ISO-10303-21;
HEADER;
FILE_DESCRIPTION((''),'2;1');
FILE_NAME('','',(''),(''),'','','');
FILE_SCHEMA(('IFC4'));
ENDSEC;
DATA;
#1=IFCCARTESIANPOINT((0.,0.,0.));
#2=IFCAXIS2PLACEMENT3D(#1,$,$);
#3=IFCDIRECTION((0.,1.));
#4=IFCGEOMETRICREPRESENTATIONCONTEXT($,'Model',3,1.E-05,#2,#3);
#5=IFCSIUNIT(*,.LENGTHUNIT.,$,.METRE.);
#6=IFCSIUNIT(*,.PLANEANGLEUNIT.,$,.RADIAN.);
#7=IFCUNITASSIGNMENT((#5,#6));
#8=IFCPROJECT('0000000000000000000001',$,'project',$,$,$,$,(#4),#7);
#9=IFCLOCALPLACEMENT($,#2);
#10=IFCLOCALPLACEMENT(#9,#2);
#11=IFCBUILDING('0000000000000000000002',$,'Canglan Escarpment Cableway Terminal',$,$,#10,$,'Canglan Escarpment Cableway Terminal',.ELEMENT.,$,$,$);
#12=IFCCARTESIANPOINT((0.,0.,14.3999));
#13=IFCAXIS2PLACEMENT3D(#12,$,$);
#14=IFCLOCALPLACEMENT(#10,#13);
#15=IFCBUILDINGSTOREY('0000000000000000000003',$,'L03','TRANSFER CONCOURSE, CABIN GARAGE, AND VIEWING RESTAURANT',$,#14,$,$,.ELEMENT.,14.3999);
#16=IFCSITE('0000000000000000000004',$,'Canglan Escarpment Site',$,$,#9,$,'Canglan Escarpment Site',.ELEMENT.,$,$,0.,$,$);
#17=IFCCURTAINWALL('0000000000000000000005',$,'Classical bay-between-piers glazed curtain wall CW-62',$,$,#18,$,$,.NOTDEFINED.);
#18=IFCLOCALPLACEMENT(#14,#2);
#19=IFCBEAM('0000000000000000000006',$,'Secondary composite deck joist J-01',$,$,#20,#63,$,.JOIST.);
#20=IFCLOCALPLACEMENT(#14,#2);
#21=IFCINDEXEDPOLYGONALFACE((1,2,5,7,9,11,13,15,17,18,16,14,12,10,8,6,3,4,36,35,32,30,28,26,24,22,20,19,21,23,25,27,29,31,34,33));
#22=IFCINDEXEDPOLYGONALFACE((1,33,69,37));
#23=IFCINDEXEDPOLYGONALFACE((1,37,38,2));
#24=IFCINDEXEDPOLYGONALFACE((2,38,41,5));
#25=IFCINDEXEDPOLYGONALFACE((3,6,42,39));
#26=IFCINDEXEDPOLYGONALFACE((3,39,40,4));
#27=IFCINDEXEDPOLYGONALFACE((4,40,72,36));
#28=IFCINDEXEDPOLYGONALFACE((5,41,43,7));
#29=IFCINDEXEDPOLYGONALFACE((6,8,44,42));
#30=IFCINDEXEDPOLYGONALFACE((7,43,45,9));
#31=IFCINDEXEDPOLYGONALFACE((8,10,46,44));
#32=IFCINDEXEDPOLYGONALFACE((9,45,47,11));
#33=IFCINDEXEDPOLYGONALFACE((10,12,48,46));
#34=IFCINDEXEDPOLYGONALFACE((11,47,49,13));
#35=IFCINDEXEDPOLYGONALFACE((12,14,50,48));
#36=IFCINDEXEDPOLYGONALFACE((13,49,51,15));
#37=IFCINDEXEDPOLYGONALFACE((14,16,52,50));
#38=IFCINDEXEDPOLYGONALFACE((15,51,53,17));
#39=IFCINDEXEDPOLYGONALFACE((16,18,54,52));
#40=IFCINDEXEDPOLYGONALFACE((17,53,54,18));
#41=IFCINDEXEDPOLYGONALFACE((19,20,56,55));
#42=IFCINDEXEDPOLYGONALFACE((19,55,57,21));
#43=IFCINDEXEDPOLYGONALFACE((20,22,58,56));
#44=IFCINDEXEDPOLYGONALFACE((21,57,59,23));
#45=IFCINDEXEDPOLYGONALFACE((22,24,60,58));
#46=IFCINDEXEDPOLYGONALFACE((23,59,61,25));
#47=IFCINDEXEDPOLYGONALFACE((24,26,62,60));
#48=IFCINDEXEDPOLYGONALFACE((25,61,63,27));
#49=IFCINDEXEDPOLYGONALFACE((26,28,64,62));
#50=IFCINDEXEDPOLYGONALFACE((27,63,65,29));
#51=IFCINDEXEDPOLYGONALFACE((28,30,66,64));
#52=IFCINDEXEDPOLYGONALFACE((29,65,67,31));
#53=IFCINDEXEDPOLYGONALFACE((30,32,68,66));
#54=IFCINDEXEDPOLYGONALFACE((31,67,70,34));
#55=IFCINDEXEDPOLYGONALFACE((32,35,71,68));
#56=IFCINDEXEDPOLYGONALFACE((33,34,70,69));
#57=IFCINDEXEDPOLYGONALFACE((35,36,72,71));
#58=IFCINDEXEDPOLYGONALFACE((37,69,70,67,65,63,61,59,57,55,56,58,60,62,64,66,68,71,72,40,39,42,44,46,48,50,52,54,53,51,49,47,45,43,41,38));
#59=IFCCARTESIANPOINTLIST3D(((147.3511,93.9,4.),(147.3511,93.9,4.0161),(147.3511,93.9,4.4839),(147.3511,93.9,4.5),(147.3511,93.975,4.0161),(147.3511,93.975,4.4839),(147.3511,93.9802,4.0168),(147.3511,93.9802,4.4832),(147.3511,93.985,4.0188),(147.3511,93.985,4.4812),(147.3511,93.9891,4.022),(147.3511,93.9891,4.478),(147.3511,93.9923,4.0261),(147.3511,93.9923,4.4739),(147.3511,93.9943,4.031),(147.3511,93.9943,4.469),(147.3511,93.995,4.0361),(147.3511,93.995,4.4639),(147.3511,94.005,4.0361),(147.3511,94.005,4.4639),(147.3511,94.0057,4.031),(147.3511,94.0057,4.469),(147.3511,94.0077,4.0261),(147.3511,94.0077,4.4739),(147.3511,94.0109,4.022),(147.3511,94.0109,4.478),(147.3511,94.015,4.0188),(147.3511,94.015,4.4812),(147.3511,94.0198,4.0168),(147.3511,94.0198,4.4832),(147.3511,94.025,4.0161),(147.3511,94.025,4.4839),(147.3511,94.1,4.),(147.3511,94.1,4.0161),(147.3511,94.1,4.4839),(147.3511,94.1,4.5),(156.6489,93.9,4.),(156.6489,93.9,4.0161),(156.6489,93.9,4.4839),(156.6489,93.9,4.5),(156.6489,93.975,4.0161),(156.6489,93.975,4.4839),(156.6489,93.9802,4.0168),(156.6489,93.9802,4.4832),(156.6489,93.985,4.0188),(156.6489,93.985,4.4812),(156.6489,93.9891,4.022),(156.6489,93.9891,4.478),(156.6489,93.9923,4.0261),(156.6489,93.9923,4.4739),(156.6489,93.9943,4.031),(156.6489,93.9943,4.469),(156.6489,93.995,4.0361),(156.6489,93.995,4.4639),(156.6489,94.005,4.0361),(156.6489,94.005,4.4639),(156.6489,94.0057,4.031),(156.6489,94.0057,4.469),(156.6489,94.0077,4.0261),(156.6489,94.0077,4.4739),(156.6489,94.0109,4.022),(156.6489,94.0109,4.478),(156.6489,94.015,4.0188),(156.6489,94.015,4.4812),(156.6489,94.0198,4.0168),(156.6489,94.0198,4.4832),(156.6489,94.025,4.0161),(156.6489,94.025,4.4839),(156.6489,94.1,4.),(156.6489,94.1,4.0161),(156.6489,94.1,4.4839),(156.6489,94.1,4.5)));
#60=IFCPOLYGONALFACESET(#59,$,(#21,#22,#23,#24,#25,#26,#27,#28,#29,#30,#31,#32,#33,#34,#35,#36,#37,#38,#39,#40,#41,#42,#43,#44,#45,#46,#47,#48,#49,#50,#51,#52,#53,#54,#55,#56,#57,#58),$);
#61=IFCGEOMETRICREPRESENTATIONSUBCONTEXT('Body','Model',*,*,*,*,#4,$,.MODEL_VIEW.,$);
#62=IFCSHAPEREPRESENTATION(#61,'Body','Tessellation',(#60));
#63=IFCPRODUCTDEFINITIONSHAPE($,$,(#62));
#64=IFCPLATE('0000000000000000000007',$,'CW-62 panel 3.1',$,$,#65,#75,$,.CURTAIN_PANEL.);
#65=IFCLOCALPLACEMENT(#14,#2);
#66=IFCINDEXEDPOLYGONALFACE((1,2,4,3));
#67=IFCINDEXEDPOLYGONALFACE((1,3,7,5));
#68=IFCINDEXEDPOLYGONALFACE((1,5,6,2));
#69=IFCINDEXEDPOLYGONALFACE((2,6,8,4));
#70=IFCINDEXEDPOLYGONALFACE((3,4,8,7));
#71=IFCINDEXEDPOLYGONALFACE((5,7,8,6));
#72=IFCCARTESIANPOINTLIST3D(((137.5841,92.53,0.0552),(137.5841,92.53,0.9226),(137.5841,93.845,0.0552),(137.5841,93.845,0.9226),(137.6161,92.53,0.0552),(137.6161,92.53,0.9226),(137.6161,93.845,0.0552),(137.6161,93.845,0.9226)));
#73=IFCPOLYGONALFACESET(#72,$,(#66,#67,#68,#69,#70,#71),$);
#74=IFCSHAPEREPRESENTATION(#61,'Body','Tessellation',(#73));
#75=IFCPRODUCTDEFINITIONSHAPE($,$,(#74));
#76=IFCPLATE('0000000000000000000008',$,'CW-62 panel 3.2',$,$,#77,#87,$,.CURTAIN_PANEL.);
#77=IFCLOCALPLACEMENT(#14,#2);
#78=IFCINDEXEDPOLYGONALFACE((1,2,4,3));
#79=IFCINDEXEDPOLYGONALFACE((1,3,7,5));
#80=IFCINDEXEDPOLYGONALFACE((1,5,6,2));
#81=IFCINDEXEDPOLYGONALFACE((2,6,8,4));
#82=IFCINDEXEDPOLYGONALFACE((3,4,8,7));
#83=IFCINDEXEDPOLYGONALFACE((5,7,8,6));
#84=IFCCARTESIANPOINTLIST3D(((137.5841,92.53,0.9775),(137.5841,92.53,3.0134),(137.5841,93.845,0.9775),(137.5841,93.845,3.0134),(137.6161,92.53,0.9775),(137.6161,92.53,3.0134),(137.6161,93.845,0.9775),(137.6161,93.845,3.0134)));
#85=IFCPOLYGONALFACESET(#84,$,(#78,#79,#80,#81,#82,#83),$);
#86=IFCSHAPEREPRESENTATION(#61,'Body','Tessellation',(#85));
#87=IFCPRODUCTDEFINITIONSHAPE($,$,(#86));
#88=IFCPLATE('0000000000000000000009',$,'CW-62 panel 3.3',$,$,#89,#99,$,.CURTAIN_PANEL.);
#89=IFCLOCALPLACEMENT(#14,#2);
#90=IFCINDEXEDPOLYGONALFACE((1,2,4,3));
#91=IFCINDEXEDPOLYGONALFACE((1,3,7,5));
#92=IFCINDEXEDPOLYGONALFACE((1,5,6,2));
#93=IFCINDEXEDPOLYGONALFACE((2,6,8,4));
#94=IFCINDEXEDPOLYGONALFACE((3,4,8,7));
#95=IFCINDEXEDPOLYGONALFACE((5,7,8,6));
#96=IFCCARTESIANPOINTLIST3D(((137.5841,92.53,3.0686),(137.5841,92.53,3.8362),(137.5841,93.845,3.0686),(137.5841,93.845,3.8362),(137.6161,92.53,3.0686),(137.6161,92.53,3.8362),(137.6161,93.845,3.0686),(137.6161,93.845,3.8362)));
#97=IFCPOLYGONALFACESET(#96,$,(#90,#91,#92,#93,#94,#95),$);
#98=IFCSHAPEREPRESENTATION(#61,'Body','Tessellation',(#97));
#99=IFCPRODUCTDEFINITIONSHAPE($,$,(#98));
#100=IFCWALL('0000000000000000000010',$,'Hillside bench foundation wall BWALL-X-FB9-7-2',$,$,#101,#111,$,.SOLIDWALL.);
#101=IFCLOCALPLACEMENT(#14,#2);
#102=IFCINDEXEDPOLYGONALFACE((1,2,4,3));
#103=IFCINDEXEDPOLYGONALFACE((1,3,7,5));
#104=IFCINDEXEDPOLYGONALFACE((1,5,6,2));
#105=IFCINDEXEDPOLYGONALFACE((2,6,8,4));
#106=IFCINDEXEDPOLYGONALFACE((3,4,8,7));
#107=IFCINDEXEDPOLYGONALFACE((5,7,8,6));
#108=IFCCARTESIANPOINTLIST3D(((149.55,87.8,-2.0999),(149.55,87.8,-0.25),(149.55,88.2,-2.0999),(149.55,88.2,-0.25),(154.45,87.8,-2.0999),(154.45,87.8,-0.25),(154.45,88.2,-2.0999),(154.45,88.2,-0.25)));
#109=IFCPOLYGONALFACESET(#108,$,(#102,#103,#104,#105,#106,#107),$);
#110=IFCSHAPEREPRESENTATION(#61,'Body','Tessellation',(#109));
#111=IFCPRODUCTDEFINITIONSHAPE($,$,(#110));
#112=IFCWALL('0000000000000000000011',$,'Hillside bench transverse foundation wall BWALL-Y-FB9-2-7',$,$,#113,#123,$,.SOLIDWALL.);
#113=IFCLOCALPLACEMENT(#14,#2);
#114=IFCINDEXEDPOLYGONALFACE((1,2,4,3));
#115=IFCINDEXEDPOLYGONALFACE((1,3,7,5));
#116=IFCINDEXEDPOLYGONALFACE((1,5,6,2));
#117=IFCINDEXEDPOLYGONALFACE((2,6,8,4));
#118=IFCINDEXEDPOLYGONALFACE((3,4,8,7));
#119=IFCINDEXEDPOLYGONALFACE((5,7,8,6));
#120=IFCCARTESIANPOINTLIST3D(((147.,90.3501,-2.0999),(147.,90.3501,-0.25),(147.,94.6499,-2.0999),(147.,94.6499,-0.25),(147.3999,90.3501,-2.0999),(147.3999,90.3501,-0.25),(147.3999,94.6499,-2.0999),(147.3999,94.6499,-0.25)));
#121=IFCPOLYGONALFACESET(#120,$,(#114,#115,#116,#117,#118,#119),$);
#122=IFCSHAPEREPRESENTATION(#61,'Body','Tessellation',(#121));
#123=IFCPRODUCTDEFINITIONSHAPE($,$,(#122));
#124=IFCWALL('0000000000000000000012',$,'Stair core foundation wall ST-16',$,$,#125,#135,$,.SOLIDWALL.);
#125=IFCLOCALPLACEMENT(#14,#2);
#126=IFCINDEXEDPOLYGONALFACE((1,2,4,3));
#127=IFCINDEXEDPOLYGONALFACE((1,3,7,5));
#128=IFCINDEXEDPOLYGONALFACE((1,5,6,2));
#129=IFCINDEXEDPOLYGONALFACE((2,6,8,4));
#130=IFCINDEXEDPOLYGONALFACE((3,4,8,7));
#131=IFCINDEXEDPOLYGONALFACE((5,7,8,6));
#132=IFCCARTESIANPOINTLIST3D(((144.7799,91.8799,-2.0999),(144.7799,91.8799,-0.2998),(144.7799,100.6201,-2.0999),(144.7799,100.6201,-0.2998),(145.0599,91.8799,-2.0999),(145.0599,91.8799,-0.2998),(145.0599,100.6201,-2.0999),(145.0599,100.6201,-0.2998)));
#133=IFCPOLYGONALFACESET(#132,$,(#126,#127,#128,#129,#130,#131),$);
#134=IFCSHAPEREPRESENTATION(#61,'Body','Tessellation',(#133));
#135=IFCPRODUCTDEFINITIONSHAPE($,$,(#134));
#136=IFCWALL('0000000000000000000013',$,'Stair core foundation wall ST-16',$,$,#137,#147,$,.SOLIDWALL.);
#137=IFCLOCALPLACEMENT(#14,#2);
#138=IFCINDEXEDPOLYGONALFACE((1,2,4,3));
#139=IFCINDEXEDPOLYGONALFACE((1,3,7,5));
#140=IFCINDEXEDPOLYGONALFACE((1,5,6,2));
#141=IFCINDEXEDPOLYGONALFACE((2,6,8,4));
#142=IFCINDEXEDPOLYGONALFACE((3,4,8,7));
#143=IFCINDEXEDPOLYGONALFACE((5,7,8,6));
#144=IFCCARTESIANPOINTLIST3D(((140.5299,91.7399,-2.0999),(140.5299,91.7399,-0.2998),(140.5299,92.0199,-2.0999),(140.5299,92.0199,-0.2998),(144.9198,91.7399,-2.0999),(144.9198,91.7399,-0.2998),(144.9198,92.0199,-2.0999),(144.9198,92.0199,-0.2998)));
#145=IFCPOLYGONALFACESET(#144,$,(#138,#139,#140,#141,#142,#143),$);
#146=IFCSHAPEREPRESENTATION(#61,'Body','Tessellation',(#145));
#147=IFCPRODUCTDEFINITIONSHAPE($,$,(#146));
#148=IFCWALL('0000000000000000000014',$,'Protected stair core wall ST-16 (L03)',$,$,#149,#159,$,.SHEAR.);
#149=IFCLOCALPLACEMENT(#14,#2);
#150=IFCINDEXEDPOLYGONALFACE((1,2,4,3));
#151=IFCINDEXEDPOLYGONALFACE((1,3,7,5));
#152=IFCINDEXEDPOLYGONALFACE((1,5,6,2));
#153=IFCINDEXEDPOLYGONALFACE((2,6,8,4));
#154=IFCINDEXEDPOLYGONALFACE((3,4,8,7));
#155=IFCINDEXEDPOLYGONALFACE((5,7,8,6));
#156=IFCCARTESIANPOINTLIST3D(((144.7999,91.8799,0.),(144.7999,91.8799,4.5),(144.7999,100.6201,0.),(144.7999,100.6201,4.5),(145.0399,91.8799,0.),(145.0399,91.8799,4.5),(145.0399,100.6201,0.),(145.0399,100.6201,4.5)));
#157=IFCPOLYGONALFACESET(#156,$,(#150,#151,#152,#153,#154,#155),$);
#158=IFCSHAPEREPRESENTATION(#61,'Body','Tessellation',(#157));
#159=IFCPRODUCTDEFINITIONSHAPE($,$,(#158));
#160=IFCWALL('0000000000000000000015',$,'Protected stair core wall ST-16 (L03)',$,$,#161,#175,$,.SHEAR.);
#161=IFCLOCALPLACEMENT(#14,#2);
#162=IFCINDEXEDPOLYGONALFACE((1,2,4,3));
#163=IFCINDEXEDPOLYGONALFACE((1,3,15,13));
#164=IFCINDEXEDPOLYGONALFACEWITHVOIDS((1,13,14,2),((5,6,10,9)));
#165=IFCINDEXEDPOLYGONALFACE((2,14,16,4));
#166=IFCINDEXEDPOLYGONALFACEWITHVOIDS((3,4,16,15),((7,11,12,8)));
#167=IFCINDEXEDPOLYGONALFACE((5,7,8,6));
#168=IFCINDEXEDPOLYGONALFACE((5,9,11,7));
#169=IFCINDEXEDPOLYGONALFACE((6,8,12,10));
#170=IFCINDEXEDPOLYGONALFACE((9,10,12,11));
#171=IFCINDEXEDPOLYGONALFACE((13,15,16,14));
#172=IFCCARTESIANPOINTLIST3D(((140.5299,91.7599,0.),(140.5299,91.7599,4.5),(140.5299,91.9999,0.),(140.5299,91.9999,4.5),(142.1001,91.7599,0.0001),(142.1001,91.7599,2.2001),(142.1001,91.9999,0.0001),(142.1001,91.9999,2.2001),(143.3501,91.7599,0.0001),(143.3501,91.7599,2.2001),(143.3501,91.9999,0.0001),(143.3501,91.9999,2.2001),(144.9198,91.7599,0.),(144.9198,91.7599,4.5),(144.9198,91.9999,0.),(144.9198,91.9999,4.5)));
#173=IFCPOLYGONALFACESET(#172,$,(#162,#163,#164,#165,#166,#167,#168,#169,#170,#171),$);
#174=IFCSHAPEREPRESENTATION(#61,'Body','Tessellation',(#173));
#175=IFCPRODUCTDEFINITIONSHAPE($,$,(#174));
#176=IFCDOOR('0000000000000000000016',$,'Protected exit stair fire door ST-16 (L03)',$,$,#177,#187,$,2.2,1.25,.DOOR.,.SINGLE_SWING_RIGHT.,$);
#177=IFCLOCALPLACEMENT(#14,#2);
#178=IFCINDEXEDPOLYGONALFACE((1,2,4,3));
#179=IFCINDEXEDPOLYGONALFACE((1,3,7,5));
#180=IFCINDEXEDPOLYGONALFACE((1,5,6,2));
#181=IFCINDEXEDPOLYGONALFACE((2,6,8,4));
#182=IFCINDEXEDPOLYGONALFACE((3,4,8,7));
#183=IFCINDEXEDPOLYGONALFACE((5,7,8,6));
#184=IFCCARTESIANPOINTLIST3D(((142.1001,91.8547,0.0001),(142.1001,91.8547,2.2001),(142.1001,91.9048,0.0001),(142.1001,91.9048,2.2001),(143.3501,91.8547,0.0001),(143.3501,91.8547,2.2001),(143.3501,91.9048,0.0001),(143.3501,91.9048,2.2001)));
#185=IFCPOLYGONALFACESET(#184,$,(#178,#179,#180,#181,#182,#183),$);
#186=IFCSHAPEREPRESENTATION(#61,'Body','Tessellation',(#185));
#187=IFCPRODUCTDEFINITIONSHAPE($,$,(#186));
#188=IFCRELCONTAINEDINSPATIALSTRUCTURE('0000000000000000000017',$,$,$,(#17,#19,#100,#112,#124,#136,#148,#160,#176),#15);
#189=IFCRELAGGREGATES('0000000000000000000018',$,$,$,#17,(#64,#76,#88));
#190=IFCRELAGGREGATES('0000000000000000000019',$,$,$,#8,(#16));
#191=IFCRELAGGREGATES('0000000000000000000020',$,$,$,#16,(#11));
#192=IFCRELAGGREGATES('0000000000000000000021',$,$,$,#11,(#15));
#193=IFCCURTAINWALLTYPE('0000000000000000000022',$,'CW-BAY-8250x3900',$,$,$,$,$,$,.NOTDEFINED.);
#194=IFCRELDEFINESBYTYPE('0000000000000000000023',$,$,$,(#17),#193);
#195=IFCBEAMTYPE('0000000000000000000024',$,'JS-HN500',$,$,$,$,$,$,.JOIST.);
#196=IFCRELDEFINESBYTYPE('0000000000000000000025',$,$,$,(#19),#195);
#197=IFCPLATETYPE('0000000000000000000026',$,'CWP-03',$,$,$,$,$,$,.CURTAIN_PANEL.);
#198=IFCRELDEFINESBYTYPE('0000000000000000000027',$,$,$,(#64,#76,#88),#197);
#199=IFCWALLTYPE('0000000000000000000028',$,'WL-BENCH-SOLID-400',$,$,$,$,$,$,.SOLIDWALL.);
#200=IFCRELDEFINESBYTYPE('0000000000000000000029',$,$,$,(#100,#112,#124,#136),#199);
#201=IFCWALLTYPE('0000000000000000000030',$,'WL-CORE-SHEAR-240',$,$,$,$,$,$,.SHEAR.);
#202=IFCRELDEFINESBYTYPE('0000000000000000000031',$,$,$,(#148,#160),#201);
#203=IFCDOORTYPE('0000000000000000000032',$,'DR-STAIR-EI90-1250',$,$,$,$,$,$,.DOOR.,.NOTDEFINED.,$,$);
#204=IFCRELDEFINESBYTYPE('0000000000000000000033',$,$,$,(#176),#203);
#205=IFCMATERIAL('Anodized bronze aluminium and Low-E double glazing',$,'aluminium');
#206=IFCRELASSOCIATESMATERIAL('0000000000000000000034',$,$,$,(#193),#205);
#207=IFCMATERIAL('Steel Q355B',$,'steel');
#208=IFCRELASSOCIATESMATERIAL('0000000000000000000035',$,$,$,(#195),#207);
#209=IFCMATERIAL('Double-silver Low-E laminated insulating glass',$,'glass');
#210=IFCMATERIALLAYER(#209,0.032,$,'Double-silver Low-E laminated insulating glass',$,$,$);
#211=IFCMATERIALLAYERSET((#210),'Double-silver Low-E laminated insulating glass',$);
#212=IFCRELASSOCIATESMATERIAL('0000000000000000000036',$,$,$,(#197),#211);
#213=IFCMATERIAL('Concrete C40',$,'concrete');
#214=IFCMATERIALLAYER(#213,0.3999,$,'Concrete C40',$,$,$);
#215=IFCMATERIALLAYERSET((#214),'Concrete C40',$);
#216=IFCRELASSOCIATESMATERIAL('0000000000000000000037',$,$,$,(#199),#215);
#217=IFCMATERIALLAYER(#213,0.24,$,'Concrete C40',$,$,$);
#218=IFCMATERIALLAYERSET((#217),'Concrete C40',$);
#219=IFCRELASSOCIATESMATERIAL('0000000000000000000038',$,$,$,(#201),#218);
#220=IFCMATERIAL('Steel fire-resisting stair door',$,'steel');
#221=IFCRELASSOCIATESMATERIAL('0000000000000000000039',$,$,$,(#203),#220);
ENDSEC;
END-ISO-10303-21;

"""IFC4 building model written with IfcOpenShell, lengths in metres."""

from ifc_helpers import new_model, si_unit, direction, frame, frame_2d, origin, origin_2d, place, context, subcontext, project, spatial, rectangle, i_section, extrude, material, layer, layer_set, material_profile, profile_set, type_object, element, fill, aggregate, save


model = new_model("IFC4")

# Units and contexts
model_context = context("Model", 3, precision=1e-05, world=origin(), true_north=direction((0.0, 1.0)))
body_context = subcontext(model_context, "Body", "Model", "MODEL_VIEW")
ifc_project = project(units=[si_unit("LENGTHUNIT", "METRE"), si_unit("PLANEANGLEUNIT", "RADIAN")], contexts=[model_context])

# Site, building, storey
site_placement = place(None, origin())
site = spatial("IfcSite", under=ifc_project, at=site_placement, Name="Canglan Escarpment Site", LongName="Canglan Escarpment Site", CompositionType="ELEMENT", RefElevation=0.0)
building_placement = place(site_placement, origin())
building = spatial("IfcBuilding", under=site, at=building_placement, Name="Canglan Escarpment Cableway Terminal", LongName="Canglan Escarpment Cableway Terminal", CompositionType="ELEMENT")
storey_placement = place(building_placement, frame((0.0, 0.0, 14.3999)))
storey = spatial("IfcBuildingStorey", under=building, at=storey_placement, Name="L03", Description="TRANSFER CONCOURSE, CABIN GARAGE, AND VIEWING RESTAURANT", CompositionType="ELEMENT", Elevation=14.3999)

# Shared definitions
ifc_material_1 = material(Name="Concrete C40", Category="concrete")

# Curtain wall
ifc_material_2 = material(Name="Anodized bronze aluminium and Low-E double glazing", Category="aluminium")
curtain_wall_type = type_object("IfcCurtainWallType", Name="CW-BAY-8250x3900", PredefinedType="NOTDEFINED", material=ifc_material_2)
curtain_wall_placement = place(storey_placement, origin())
curtain_wall = element("IfcCurtainWall", 1, at=curtain_wall_placement, inside=storey, type_object=curtain_wall_type, Name="Classical bay-between-piers glazed curtain wall CW-62", PredefinedType="NOTDEFINED")

# Beam
ifc_material_3 = material(Name="Steel Q355B", Category="steel")
ifc_material_profile_1 = material_profile(ifc_material_3, i_section(OverallWidth=0.2, OverallDepth=0.5, WebThickness=0.01, FlangeThickness=0.0161, FilletRadius=0.02, at=origin_2d()), Name="HN 500x200x10x16")
ifc_profile_set_1 = profile_set([ifc_material_profile_1], Name="Steel Q355B")
beam_type_1 = type_object("IfcBeamType", Name="JS-HN500", PredefinedType="JOIST", material=ifc_profile_set_1)
for number, where, z_axis, x_axis, name in (
    (2, (147.3511, 94.0, 4.25), (1.0, 0.0, 0.0), (0.0, 1.0, 0.0), "Secondary composite deck joist J-01"),
):
    element("IfcBeam", number, at=place(storey_placement, frame(where, z_axis=z_axis, x_axis=x_axis)), inside=storey, type_object=beam_type_1, Name=name, PredefinedType="JOIST", context=body_context, shape_type="SweptSolid", body=[
        extrude(i_section(OverallWidth=0.2, OverallDepth=0.5, WebThickness=0.01, FlangeThickness=0.0161, FilletRadius=0.02, at=origin_2d()), origin(), (0.0, 0.0, 1.0), 9.2979),
    ])

# Plates
ifc_material_4 = material(Name="Double-silver Low-E laminated insulating glass", Category="glass")
ifc_layer_1 = layer(ifc_material_4, 0.032, Name="Double-silver Low-E laminated insulating glass")
ifc_layer_set_1 = layer_set([ifc_layer_1], Name="Double-silver Low-E laminated insulating glass")
plate_type = type_object("IfcPlateType", Name="CWP-03", PredefinedType="CURTAIN_PANEL", material=ifc_layer_set_1)
plate_1_placement = place(storey_placement, frame((137.6001, 93.1875, 0.0552), z_axis=(0.0, 0.0, 1.0), x_axis=(0.0, -1.0, 0.0)))
plate_1 = element("IfcPlate", 3, at=plate_1_placement, type_object=plate_type, Name="CW-62 panel 3.1", PredefinedType="CURTAIN_PANEL", context=body_context, shape_type="SweptSolid", body=[
    extrude(rectangle(XDim=1.3149, YDim=0.032, at=origin_2d()), origin(), (0.0, 0.0, 1.0), 0.8674),
])
plate_2_placement = place(storey_placement, frame((137.6001, 93.1875, 0.9775), z_axis=(0.0, 0.0, 1.0), x_axis=(0.0, -1.0, 0.0)))
plate_2 = element("IfcPlate", 4, at=plate_2_placement, type_object=plate_type, Name="CW-62 panel 3.2", PredefinedType="CURTAIN_PANEL", context=body_context, shape_type="SweptSolid", body=[
    extrude(rectangle(XDim=1.3149, YDim=0.032, at=origin_2d()), origin(), (0.0, 0.0, 1.0), 2.0359),
])
plate_3_placement = place(storey_placement, frame((137.6001, 93.1875, 3.0686), z_axis=(0.0, 0.0, 1.0), x_axis=(0.0, -1.0, 0.0)))
plate_3 = element("IfcPlate", 5, at=plate_3_placement, type_object=plate_type, Name="CW-62 panel 3.3", PredefinedType="CURTAIN_PANEL", context=body_context, shape_type="SweptSolid", body=[
    extrude(rectangle(XDim=1.3149, YDim=0.032, at=origin_2d()), origin(), (0.0, 0.0, 1.0), 0.7676),
])
aggregate(curtain_wall, [plate_1, plate_2, plate_3])

# Walls
ifc_layer_2 = layer(ifc_material_1, 0.3999, Name="Concrete C40")
ifc_layer_set_2 = layer_set([ifc_layer_2], Name="Concrete C40")
wall_type_1 = type_object("IfcWallType", Name="WL-BENCH-SOLID-400", PredefinedType="SOLIDWALL", material=ifc_layer_set_2)
wall_1_placement = place(storey_placement, frame((149.55, 88.0, -2.0999), z_axis=(0.0, 0.0, 1.0), x_axis=(1.0, 0.0, 0.0)))
element("IfcWall", 6, at=wall_1_placement, inside=storey, type_object=wall_type_1, Name="Hillside bench foundation wall BWALL-X-FB9-7-2", PredefinedType="SOLIDWALL", context=body_context, shape_type="SweptSolid", body=[
    extrude(rectangle(XDim=4.8999, YDim=0.3999, at=frame_2d((2.45, 0.0))), origin(), (0.0, 0.0, 1.0), 1.8499),
])
wall_2_placement = place(storey_placement, frame((147.2, 90.3501, -2.0999), z_axis=(0.0, 0.0, 1.0), x_axis=(0.0, 1.0, 0.0)))
element("IfcWall", 7, at=wall_2_placement, inside=storey, type_object=wall_type_1, Name="Hillside bench transverse foundation wall BWALL-Y-FB9-2-7", PredefinedType="SOLIDWALL", context=body_context, shape_type="SweptSolid", body=[
    extrude(rectangle(XDim=4.2998, YDim=0.3999, at=frame_2d((2.1499, 0.0))), origin(), (0.0, 0.0, 1.0), 1.8499),
])
wall_3_placement = place(storey_placement, frame((144.9199, 91.8799, -2.0999), z_axis=(0.0, 0.0, 1.0), x_axis=(0.0, 1.0, 0.0)))
element("IfcWall", 8, at=wall_3_placement, inside=storey, type_object=wall_type_1, Name="Stair core foundation wall ST-16", PredefinedType="SOLIDWALL", context=body_context, shape_type="SweptSolid", body=[
    extrude(rectangle(XDim=8.7402, YDim=0.28, at=frame_2d((4.3701, 0.0))), origin(), (0.0, 0.0, 1.0), 1.8),
])
wall_4_placement = place(storey_placement, frame((140.53, 91.8799, -2.0999), z_axis=(0.0, 0.0, 1.0), x_axis=(1.0, 0.0, 0.0)))
element("IfcWall", 9, at=wall_4_placement, inside=storey, type_object=wall_type_1, Name="Stair core foundation wall ST-16", PredefinedType="SOLIDWALL", context=body_context, shape_type="SweptSolid", body=[
    extrude(rectangle(XDim=4.3899, YDim=0.28, at=frame_2d((2.1948, 0.0))), origin(), (0.0, 0.0, 1.0), 1.8),
])
ifc_layer_3 = layer(ifc_material_1, 0.24, Name="Concrete C40")
ifc_layer_set_3 = layer_set([ifc_layer_3], Name="Concrete C40")
wall_type_2 = type_object("IfcWallType", Name="WL-CORE-SHEAR-240", PredefinedType="SHEAR", material=ifc_layer_set_3)
wall_5_placement = place(storey_placement, frame((144.9199, 91.8799, 0.0), z_axis=(0.0, 0.0, 1.0), x_axis=(0.0, 1.0, 0.0)))
element("IfcWall", 10, at=wall_5_placement, inside=storey, type_object=wall_type_2, Name="Protected stair core wall ST-16 (L03)", PredefinedType="SHEAR", context=body_context, shape_type="SweptSolid", body=[
    extrude(rectangle(XDim=8.7402, YDim=0.24, at=frame_2d((4.3701, 0.0))), origin(), (0.0, 0.0, 1.0), 4.5),
])

# Wall, opening, door
wall_6_placement = place(storey_placement, frame((140.53, 91.8799, 0.0), z_axis=(0.0, 0.0, 1.0), x_axis=(1.0, 0.0, 0.0)))
wall_6 = element("IfcWall", 11, at=wall_6_placement, inside=storey, type_object=wall_type_2, Name="Protected stair core wall ST-16 (L03)", PredefinedType="SHEAR", context=body_context, shape_type="SweptSolid", body=[
    extrude(rectangle(XDim=4.3899, YDim=0.24, at=frame_2d((2.1948, 0.0))), origin(), (0.0, 0.0, 1.0), 4.5),
])
opening_placement = place(wall_6_placement, frame((1.5701, 0.0, 0.0)))
opening = element("IfcOpeningElement", 12, at=opening_placement, cuts=wall_6, PredefinedType="OPENING", context=body_context, shape_type="SweptSolid", body=[
    extrude(rectangle(XDim=1.25, YDim=2.2, at=frame_2d((0.625, 1.1001))), frame((0.0, 0.1299, 0.0), z_axis=(0.0, -1.0, 0.0), x_axis=(1.0, 0.0, 0.0)), (0.0, 0.0, 1.0), 0.26),
])
ifc_material_5 = material(Name="Steel fire-resisting stair door", Category="steel")
door_type = type_object("IfcDoorType", Name="DR-STAIR-EI90-1250", OperationType="NOTDEFINED", PredefinedType="DOOR", material=ifc_material_5)
door_placement = place(opening_placement, origin())
door = element("IfcDoor", 13, at=door_placement, inside=storey, type_object=door_type, Name="Protected exit stair fire door ST-16 (L03)", OperationType="SINGLE_SWING_RIGHT", OverallHeight=2.2, OverallWidth=1.25, PredefinedType="DOOR", context=body_context, shape_type="SweptSolid", body=[
    extrude(rectangle(XDim=1.25, YDim=2.2, at=frame_2d((0.625, 1.1001))), frame((0.0, 0.0249, 0.0), z_axis=(0.0, -1.0, 0.0), x_axis=(1.0, 0.0, 0.0)), (0.0, 0.0, 1.0), 0.05),
])
fill(opening, door)

save(model, "model.ifc")
